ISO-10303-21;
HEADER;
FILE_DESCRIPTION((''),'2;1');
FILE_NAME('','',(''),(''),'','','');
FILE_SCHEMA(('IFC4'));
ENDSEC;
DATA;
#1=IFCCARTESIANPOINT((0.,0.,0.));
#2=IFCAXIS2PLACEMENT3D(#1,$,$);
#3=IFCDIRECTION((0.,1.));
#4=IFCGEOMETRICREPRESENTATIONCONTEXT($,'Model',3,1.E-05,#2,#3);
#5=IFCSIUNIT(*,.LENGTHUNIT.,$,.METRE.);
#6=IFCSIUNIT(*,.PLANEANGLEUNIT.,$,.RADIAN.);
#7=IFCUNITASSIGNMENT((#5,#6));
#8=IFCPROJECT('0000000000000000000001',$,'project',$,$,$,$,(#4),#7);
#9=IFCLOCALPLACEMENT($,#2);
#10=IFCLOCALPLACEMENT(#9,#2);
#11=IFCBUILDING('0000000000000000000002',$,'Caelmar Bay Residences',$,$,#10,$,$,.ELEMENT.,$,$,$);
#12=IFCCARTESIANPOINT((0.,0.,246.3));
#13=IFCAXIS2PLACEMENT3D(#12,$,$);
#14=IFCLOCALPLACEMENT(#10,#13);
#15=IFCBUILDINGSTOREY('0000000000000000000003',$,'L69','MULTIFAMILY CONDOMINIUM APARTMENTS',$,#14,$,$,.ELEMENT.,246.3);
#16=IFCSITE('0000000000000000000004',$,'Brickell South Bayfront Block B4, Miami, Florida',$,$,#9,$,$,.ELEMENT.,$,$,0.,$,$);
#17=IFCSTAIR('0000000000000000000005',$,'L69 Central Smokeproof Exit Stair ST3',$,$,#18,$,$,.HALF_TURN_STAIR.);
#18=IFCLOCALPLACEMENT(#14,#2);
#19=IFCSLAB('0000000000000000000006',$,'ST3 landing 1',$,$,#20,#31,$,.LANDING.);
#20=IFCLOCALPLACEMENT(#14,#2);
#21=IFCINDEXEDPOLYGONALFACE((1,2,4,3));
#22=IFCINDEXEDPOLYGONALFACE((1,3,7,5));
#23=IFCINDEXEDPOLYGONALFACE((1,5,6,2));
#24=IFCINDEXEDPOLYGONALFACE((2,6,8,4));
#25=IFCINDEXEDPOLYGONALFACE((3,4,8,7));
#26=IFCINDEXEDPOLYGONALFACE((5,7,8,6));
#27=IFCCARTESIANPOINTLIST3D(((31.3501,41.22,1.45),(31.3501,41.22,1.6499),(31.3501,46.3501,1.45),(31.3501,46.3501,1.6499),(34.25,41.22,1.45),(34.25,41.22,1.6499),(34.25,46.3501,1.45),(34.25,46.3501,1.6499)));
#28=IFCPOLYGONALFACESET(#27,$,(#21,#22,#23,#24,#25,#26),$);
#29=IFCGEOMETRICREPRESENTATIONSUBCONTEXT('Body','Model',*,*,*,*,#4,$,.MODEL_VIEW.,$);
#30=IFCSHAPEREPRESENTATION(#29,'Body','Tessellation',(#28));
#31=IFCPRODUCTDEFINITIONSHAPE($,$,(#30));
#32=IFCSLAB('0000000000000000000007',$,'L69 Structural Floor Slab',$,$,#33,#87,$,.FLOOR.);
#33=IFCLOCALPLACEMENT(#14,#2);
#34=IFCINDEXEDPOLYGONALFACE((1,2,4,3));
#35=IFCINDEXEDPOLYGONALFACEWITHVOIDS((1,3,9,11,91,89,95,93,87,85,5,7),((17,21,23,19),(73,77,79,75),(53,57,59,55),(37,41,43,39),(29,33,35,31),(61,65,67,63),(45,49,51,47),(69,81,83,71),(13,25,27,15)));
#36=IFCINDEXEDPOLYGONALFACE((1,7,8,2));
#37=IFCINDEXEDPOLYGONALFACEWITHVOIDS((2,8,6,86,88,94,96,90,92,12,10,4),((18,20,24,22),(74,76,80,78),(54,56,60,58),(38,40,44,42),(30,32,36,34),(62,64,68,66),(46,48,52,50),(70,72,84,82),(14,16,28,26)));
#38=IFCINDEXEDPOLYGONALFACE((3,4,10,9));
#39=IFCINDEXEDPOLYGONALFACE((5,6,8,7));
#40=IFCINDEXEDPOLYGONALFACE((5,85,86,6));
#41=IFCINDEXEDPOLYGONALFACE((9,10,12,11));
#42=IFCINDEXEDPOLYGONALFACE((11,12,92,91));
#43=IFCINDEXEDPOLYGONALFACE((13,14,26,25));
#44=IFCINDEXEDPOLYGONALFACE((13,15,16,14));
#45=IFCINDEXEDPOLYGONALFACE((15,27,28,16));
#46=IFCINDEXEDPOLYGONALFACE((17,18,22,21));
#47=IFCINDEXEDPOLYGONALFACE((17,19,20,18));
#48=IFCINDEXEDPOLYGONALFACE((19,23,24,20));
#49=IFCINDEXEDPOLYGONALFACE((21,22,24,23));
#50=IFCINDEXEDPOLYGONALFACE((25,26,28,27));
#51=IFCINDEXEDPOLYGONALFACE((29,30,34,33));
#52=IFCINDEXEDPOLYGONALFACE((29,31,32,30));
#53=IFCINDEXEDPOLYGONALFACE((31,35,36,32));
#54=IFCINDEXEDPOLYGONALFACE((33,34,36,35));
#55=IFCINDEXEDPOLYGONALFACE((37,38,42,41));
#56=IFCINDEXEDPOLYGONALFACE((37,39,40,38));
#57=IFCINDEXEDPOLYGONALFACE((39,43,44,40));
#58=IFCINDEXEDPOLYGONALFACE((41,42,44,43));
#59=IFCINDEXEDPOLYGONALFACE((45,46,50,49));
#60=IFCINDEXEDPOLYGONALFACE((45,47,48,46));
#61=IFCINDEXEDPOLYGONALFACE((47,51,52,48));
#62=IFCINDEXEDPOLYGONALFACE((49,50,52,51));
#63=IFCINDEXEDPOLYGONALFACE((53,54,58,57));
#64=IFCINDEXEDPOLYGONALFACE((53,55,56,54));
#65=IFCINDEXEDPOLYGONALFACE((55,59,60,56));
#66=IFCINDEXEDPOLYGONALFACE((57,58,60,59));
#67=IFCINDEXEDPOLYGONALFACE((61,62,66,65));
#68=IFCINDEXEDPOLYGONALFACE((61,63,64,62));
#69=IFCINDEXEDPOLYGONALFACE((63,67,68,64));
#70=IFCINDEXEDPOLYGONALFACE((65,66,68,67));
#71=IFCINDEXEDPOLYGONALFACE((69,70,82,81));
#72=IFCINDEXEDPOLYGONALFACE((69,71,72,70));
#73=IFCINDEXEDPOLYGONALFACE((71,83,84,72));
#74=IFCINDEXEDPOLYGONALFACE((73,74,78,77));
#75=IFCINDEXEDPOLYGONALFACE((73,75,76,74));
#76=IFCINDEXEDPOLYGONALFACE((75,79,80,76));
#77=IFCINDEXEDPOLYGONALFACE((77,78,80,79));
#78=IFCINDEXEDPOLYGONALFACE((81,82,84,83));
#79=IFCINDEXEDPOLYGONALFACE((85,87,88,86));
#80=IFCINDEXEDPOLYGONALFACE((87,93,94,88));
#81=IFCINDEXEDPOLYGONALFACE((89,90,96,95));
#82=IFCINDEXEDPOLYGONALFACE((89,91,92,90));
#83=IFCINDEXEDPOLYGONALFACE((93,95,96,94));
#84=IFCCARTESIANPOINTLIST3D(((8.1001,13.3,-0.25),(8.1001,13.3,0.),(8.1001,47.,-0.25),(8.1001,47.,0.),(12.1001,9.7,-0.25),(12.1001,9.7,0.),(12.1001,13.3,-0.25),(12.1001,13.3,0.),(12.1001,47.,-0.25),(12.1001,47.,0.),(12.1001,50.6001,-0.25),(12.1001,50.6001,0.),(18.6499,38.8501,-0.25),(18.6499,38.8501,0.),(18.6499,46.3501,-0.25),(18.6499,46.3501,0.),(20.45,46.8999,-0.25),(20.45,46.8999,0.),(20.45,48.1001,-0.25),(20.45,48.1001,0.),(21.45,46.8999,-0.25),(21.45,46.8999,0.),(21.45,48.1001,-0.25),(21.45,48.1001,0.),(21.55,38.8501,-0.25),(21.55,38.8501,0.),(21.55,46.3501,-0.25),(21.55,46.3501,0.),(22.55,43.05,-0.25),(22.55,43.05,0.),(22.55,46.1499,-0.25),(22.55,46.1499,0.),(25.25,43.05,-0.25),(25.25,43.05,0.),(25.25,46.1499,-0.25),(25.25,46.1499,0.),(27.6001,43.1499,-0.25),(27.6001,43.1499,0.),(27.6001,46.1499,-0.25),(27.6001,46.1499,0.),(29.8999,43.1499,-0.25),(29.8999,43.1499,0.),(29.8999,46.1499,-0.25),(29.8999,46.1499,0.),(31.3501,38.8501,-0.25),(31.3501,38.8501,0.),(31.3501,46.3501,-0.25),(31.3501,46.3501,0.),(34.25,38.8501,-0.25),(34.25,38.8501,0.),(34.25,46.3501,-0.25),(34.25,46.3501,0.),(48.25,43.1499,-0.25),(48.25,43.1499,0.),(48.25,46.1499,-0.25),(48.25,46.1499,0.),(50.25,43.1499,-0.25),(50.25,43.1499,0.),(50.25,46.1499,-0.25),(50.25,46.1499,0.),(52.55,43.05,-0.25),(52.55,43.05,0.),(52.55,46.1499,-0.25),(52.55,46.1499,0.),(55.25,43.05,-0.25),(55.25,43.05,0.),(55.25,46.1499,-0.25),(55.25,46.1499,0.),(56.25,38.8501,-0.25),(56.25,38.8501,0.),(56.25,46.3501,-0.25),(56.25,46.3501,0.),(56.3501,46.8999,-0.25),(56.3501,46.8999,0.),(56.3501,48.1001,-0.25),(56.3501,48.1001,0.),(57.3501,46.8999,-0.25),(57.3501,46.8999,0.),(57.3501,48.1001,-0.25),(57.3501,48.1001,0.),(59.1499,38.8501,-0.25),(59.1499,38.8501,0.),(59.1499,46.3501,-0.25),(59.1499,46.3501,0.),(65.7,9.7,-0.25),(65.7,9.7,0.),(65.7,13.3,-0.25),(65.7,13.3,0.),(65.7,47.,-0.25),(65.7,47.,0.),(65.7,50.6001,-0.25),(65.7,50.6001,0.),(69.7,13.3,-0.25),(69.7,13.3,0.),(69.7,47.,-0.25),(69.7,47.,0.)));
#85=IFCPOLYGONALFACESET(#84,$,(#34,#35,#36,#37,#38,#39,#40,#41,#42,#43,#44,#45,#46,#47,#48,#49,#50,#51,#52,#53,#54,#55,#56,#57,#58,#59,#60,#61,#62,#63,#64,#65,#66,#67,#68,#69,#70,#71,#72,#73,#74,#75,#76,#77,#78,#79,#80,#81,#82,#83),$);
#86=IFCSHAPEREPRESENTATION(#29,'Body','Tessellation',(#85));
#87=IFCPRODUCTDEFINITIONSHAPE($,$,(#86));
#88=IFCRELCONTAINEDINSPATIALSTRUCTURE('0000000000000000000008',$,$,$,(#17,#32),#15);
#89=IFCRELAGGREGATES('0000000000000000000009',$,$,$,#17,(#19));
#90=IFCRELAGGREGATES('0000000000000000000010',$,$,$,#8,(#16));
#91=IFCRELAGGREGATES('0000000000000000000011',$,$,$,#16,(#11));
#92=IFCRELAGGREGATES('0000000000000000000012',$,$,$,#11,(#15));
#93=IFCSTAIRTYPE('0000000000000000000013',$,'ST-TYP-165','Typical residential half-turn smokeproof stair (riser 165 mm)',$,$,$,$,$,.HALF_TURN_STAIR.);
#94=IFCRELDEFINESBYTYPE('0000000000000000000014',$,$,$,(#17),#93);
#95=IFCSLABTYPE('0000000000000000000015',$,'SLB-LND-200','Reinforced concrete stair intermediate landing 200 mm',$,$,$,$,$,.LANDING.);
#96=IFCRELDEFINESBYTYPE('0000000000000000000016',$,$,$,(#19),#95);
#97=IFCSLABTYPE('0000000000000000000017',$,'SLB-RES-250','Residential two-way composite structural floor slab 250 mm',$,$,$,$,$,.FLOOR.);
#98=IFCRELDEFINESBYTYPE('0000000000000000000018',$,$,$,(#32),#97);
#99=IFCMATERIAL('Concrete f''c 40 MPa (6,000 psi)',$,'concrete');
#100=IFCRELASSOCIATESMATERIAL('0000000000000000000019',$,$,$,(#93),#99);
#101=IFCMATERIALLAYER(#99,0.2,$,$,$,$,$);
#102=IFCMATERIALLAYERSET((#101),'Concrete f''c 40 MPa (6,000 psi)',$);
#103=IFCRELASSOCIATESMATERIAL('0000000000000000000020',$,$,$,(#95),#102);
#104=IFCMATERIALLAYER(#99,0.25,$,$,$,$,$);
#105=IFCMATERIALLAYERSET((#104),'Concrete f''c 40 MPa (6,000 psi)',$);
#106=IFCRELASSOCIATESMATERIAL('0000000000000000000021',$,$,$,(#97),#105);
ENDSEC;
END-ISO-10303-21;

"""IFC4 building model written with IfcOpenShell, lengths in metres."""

from ifc_helpers import new_model, si_unit, direction, frame, origin, place, context, subcontext, project, spatial, polyline, outline, extrude, material, layer, layer_set, type_object, element, aggregate, save


model = new_model("IFC4")

# Units and contexts
model_context = context("Model", 3, precision=1e-05, world=origin(), true_north=direction((0.0, 1.0)))
body_context = subcontext(model_context, "Body", "Model", "MODEL_VIEW")
ifc_project = project(units=[si_unit("LENGTHUNIT", "METRE"), si_unit("PLANEANGLEUNIT", "RADIAN")], contexts=[model_context])

# Site, building, storey
site_placement = place(None, origin())
site = spatial("IfcSite", under=ifc_project, at=site_placement, Name="Brickell South Bayfront Block B4, Miami, Florida", CompositionType="ELEMENT", RefElevation=0.0)
building_placement = place(site_placement, origin())
building = spatial("IfcBuilding", under=site, at=building_placement, Name="Caelmar Bay Residences", CompositionType="ELEMENT")
storey_placement = place(building_placement, frame((0.0, 0.0, 246.3)))
storey = spatial("IfcBuildingStorey", under=building, at=storey_placement, Name="L69", Description="MULTIFAMILY CONDOMINIUM APARTMENTS", CompositionType="ELEMENT", Elevation=246.3)

# Shared definitions
ifc_material_1 = material(Name="Concrete f'c 40 MPa (6,000 psi)", Category="concrete")

# Stair, slab
stair_type = type_object("IfcStairType", Name="ST-TYP-165", Description="Typical residential half-turn smokeproof stair (riser 165 mm)", PredefinedType="HALF_TURN_STAIR", material=ifc_material_1)
ifc_layer_1 = layer(ifc_material_1, 0.2)
ifc_layer_set_1 = layer_set([ifc_layer_1], Name="Concrete f'c 40 MPa (6,000 psi)")
slab_type_1 = type_object("IfcSlabType", Name="SLB-LND-200", Description="Reinforced concrete stair intermediate landing 200 mm", PredefinedType="LANDING", material=ifc_layer_set_1)
stair_1_placement = place(storey_placement, origin())
stair_1 = element("IfcStair", 1, at=stair_1_placement, inside=storey, type_object=stair_type, Name="L69 Central Smokeproof Exit Stair ST3", PredefinedType="HALF_TURN_STAIR")
slab_1_placement = place(storey_placement, frame((0.0, 0.0, 1.45)))
slab_1 = element("IfcSlab", 2, at=slab_1_placement, type_object=slab_type_1, Name="ST3 landing 1", PredefinedType="LANDING", context=body_context, shape_type="SweptSolid", body=[
    extrude(outline(polyline([(34.25, 41.22), (34.25, 46.3501), (31.3501, 46.3501), (31.3501, 41.22), (34.25, 41.22)])), origin(), (0.0, 0.0, 1.0), 0.2),
])
aggregate(stair_1, [slab_1])

# Slab
ifc_layer_2 = layer(ifc_material_1, 0.25)
ifc_layer_set_2 = layer_set([ifc_layer_2], Name="Concrete f'c 40 MPa (6,000 psi)")
slab_type_2 = type_object("IfcSlabType", Name="SLB-RES-250", Description="Residential two-way composite structural floor slab 250 mm", PredefinedType="FLOOR", material=ifc_layer_set_2)
slab_2_placement = place(storey_placement, frame((0.0, 0.0, -0.25)))
element("IfcSlab", 3, at=slab_2_placement, inside=storey, type_object=slab_type_2, Name="L69 Structural Floor Slab", PredefinedType="FLOOR", context=body_context, shape_type="SweptSolid", body=[
    extrude(outline(polyline([(12.1001, 9.7), (65.7, 9.7), (65.7, 13.3), (69.7, 13.3), (69.7, 47.0), (65.7, 47.0), (65.7, 50.6001), (12.1001, 50.6001), (12.1001, 47.0), (8.1001, 47.0), (8.1001, 13.3), (12.1001, 13.3), (12.1001, 9.7)]), holes=[polyline([(18.6499, 38.8501), (21.55, 38.8501), (21.55, 46.3501), (18.6499, 46.3501), (18.6499, 38.8501)]), polyline([(56.25, 38.8501), (59.1499, 38.8501), (59.1499, 46.3501), (56.25, 46.3501), (56.25, 38.8501)]), polyline([(31.3501, 38.8501), (34.25, 38.8501), (34.25, 46.3501), (31.3501, 46.3501), (31.3501, 38.8501)]), polyline([(22.55, 43.05), (25.25, 43.05), (25.25, 46.1499), (22.55, 46.1499), (22.55, 43.05)]), polyline([(52.55, 43.05), (55.25, 43.05), (55.25, 46.1499), (52.55, 46.1499), (52.55, 43.05)]), polyline([(48.25, 43.1499), (50.25, 43.1499), (50.25, 46.1499), (48.25, 46.1499), (48.25, 43.1499)]), polyline([(27.6001, 43.1499), (29.8999, 43.1499), (29.8999, 46.1499), (27.6001, 46.1499), (27.6001, 43.1499)]), polyline([(20.45, 46.8999), (21.45, 46.8999), (21.45, 48.1001), (20.45, 48.1001), (20.45, 46.8999)]), polyline([(56.3501, 46.8999), (57.3501, 46.8999), (57.3501, 48.1001), (56.3501, 48.1001), (56.3501, 46.8999)])]), origin(), (0.0, 0.0, 1.0), 0.25),
])

save(model, "model.ifc")
